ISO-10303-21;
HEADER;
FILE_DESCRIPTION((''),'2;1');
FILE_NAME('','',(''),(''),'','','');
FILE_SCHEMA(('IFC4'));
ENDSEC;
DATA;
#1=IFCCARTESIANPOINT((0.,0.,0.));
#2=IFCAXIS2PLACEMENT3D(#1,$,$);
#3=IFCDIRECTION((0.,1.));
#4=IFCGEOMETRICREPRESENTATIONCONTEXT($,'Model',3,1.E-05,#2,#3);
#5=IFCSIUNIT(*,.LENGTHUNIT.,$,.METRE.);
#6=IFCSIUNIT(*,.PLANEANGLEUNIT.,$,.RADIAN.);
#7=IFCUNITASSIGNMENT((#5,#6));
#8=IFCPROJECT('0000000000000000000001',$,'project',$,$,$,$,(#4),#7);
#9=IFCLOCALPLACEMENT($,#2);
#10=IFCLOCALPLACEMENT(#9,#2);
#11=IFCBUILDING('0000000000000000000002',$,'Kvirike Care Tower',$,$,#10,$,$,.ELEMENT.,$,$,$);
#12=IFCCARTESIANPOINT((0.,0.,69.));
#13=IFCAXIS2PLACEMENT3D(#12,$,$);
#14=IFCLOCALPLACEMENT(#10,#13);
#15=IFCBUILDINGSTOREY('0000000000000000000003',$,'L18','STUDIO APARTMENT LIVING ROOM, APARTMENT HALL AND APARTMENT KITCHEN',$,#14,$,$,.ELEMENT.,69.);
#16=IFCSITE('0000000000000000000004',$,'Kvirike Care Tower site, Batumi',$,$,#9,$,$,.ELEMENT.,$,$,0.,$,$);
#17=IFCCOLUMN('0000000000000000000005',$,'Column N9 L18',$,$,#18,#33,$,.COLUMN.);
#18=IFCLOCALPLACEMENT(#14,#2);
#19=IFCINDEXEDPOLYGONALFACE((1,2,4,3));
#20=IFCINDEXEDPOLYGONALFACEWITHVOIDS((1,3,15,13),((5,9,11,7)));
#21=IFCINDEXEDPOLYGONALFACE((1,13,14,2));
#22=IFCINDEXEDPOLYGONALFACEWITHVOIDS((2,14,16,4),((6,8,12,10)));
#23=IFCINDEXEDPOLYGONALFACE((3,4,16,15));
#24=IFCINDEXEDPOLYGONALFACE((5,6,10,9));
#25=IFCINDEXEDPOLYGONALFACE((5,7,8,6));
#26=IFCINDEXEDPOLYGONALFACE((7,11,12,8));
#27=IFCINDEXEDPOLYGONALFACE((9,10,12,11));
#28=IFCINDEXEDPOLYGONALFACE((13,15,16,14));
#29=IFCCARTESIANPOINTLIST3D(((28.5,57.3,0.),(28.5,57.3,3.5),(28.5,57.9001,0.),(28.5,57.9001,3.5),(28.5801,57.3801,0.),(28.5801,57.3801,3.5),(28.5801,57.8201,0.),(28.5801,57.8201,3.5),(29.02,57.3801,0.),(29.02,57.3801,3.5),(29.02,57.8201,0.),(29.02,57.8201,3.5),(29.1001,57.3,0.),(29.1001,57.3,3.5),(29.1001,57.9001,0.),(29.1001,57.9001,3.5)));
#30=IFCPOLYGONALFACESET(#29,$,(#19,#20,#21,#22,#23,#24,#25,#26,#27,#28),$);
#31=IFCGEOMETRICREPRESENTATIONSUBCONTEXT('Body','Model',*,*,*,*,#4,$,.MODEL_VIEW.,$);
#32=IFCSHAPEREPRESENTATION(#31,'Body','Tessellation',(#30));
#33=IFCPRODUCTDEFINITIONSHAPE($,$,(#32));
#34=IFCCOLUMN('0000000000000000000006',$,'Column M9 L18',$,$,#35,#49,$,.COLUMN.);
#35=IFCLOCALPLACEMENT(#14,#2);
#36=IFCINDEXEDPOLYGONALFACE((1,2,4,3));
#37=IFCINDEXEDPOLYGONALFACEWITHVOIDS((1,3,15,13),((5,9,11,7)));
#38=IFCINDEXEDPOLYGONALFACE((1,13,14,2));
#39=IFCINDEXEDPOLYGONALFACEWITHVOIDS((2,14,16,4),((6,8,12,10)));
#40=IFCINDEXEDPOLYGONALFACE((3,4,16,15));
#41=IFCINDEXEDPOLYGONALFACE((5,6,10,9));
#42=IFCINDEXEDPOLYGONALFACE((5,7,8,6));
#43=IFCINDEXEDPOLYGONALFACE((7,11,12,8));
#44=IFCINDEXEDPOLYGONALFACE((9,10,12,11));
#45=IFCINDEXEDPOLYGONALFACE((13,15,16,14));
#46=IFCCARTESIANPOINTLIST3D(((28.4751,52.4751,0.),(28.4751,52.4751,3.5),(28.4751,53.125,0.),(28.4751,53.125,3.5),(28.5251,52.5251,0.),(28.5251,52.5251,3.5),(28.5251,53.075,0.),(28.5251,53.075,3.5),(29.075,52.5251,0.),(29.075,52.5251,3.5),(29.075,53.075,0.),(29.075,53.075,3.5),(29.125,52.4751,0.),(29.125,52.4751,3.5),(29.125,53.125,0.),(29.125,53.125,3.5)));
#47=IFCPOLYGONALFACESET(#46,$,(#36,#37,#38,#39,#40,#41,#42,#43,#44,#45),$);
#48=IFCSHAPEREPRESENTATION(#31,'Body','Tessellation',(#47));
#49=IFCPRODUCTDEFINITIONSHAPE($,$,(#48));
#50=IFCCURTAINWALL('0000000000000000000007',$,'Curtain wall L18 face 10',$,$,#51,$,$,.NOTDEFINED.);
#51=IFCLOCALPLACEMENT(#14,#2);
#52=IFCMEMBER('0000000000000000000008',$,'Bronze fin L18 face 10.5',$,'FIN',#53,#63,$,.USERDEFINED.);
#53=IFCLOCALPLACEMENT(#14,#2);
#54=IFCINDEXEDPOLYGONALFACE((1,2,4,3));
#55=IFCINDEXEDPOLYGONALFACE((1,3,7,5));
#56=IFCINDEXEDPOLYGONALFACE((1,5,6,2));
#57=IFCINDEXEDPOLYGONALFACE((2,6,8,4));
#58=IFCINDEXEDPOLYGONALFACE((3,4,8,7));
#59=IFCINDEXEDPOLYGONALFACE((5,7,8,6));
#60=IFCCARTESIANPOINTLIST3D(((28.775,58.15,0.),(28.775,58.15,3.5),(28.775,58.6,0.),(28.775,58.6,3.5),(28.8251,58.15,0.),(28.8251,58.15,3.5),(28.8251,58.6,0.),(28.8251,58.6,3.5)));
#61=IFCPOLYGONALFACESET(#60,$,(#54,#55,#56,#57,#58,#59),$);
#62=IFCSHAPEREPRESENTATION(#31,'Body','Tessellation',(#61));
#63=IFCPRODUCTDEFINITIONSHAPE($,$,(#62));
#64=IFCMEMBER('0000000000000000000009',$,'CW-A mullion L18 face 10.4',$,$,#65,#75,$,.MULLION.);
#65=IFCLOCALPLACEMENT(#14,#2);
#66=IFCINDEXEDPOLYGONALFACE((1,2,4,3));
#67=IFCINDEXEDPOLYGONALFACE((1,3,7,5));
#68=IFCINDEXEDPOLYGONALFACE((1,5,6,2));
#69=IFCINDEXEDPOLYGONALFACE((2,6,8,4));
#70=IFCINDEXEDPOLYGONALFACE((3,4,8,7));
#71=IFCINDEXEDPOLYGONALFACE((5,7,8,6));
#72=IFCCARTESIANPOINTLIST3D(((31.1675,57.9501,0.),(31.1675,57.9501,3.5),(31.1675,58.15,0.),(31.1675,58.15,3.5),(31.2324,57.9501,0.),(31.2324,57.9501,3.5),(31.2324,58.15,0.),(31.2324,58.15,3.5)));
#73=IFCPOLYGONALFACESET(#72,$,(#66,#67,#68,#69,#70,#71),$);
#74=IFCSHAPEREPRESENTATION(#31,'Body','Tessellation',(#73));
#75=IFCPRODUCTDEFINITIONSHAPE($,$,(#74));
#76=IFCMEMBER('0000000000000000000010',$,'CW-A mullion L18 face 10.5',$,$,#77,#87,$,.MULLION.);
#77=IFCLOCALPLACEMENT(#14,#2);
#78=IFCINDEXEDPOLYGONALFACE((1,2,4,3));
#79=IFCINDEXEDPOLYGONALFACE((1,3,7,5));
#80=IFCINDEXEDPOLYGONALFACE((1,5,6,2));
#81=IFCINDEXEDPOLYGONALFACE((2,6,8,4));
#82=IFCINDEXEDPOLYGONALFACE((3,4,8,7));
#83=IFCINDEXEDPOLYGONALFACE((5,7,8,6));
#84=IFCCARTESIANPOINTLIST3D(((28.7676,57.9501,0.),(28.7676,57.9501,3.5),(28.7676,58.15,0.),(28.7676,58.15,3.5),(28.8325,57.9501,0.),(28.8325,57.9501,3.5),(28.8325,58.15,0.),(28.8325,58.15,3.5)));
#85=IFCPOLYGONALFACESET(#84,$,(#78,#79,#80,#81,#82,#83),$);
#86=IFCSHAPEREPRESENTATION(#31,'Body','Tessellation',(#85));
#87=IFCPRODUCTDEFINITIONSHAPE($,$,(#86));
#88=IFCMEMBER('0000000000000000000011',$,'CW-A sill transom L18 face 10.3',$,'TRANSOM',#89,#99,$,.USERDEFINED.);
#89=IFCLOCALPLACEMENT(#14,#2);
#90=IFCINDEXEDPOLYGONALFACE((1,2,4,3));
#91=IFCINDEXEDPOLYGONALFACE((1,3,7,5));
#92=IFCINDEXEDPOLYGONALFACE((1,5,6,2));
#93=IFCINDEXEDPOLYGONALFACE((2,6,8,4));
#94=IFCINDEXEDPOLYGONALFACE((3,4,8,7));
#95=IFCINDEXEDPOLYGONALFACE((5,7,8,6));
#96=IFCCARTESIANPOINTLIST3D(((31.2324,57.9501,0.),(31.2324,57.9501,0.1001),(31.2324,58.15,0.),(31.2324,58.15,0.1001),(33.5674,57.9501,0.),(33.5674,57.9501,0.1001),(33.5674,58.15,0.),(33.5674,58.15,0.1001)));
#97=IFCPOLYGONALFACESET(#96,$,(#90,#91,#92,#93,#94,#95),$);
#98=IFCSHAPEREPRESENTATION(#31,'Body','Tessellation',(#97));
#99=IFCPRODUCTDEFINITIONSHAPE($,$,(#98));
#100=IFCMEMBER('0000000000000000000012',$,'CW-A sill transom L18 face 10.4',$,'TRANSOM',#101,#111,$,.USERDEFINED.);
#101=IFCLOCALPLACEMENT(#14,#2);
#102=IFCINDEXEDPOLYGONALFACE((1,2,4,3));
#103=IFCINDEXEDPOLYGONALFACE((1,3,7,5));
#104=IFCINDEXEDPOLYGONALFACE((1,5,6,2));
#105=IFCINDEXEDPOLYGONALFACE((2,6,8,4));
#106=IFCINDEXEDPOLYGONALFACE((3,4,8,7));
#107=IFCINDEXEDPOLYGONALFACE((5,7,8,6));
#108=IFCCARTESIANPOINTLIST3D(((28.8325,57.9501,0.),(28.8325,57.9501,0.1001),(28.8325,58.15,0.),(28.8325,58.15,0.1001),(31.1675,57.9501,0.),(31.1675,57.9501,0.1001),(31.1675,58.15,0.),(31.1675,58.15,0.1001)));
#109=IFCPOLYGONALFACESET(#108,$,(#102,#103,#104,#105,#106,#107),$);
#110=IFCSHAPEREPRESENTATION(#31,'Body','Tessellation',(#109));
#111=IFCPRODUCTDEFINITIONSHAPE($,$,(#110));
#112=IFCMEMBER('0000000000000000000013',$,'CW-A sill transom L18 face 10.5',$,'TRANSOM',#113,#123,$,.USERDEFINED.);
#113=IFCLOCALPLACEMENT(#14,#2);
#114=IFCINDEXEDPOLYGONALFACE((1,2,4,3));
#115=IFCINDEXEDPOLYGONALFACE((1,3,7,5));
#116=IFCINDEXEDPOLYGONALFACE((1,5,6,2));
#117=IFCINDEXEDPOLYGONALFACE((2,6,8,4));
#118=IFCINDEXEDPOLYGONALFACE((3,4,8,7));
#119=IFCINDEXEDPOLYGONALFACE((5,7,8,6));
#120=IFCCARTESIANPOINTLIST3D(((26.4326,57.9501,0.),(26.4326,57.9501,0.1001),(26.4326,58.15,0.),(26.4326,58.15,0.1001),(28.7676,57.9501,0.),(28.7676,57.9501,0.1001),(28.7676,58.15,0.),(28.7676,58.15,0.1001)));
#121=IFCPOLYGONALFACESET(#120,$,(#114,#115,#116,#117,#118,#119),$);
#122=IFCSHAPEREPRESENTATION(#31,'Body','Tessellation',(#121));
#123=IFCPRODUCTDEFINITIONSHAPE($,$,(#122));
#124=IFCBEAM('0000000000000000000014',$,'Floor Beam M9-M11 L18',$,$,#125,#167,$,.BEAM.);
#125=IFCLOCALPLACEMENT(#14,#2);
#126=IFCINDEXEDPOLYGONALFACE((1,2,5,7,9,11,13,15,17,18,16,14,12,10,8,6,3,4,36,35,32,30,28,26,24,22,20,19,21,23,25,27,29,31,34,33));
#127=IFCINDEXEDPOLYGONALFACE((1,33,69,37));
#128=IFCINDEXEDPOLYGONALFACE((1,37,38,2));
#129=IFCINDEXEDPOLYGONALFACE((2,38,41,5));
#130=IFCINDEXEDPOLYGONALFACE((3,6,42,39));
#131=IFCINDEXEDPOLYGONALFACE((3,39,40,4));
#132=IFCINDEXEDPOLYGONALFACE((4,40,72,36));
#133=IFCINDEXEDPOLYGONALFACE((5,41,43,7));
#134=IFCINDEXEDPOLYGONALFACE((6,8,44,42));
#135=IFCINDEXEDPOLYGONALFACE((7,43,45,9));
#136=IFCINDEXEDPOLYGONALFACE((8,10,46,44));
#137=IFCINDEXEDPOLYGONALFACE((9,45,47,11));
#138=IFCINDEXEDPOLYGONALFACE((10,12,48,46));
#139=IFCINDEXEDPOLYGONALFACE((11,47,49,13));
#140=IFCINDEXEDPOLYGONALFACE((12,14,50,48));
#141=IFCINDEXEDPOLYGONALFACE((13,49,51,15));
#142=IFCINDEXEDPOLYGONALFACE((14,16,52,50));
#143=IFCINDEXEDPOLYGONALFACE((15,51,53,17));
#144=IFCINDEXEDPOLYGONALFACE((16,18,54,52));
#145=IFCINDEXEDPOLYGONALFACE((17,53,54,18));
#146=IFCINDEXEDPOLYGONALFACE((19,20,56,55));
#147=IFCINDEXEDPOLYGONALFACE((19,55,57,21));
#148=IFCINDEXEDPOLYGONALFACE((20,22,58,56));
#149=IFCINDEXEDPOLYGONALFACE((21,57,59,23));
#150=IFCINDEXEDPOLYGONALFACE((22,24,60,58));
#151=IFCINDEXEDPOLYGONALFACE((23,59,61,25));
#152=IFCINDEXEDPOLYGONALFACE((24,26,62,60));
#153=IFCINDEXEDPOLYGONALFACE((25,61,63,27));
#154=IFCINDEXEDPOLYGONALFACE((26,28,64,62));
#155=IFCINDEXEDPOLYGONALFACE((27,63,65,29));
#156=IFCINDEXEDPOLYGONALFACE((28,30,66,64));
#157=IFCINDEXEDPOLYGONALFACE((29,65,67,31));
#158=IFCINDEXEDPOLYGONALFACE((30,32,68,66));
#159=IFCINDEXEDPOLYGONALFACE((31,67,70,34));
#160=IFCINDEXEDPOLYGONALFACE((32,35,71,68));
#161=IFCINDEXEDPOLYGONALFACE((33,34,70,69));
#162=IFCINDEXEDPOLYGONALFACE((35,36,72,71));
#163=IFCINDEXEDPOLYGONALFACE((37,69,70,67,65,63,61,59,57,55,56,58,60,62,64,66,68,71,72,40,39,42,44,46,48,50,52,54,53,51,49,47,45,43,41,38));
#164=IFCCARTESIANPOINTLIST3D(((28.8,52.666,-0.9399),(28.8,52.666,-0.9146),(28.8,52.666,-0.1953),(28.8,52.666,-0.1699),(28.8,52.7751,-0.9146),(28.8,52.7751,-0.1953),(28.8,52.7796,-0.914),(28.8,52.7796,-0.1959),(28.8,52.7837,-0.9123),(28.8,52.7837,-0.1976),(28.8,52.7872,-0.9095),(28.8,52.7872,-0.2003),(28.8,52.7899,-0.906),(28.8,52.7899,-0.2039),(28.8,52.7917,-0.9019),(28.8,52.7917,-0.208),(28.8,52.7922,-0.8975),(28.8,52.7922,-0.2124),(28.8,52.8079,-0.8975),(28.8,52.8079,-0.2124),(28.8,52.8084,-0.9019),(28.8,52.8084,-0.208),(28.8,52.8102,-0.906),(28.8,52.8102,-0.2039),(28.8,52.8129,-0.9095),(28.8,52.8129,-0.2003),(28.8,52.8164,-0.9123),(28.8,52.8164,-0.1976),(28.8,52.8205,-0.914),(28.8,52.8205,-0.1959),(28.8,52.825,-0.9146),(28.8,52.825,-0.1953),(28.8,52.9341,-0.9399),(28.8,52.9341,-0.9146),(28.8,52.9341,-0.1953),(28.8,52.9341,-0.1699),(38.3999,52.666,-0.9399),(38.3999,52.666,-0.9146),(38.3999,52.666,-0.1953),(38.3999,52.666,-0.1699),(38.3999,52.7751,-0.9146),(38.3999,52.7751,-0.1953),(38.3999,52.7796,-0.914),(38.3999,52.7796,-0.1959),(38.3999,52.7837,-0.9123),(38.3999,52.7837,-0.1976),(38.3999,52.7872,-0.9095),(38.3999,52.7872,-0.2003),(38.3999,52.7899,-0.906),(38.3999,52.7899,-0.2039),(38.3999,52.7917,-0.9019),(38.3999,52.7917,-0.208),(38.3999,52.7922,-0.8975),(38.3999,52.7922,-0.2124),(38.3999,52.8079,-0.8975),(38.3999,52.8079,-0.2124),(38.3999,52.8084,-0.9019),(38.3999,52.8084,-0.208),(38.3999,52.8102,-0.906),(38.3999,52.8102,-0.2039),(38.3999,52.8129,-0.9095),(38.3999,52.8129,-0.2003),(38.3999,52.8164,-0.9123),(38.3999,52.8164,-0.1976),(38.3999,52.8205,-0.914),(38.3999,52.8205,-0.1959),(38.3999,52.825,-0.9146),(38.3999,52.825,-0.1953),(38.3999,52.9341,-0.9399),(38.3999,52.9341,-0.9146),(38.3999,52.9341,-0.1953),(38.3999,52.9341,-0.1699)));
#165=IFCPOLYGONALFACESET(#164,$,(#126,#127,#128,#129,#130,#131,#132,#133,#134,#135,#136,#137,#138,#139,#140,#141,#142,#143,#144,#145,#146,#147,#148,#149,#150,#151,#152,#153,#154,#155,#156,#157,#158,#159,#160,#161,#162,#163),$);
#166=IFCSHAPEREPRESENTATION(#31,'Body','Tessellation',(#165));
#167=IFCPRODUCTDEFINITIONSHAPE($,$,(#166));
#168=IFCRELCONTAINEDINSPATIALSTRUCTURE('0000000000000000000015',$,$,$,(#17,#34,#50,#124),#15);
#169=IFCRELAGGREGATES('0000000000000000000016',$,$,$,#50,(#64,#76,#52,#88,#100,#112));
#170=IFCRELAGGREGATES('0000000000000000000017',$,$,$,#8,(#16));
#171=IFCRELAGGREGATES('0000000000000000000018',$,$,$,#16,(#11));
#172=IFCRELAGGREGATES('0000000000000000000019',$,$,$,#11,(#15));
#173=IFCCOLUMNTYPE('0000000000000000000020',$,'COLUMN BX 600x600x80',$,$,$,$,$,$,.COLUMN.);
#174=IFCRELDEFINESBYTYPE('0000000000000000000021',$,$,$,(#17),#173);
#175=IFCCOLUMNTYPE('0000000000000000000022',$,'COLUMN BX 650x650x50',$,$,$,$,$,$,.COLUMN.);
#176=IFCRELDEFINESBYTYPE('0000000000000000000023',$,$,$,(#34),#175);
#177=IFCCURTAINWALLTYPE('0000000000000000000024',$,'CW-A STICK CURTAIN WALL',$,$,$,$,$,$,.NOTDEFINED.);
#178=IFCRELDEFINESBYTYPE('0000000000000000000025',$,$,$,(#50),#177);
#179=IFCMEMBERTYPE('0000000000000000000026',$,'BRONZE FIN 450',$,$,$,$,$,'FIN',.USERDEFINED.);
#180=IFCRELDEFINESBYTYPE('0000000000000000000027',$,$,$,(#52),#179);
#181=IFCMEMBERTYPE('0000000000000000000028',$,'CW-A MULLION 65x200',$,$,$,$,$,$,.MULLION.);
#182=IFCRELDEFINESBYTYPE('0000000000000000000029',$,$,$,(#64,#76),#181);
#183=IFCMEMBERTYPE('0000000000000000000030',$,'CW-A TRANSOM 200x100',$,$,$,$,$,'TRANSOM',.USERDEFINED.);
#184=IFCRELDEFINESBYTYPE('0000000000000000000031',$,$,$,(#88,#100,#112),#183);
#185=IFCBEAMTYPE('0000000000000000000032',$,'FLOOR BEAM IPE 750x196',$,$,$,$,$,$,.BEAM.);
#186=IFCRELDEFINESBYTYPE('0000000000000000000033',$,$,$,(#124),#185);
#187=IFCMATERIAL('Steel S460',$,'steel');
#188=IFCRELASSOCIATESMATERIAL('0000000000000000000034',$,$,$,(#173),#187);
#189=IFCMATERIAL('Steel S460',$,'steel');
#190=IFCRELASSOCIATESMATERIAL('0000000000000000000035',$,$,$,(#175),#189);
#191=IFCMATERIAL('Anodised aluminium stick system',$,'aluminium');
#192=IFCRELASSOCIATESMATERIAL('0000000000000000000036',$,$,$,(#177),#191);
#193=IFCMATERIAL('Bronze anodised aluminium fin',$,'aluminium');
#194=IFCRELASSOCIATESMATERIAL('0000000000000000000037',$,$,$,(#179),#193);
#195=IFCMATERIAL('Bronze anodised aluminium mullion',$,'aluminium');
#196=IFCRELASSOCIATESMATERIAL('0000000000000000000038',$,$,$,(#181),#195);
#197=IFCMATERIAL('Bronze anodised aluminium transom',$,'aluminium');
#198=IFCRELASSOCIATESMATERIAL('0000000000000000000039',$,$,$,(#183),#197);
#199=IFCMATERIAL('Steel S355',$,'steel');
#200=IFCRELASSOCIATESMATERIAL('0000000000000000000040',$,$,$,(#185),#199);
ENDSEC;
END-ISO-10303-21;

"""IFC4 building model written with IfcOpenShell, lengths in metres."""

from ifc_helpers import new_model, si_unit, direction, frame, origin, origin_2d, place, context, subcontext, project, spatial, rectangle, hollow_rectangle, i_section, extrude, material, material_profile, profile_set, type_object, element, aggregate, save


model = new_model("IFC4")

# Units and contexts
model_context = context("Model", 3, precision=1e-05, world=origin(), true_north=direction((0.0, 1.0)))
body_context = subcontext(model_context, "Body", "Model", "MODEL_VIEW")
ifc_project = project(units=[si_unit("LENGTHUNIT", "METRE"), si_unit("PLANEANGLEUNIT", "RADIAN")], contexts=[model_context])

# Site, building, storey
site_placement = place(None, origin())
site = spatial("IfcSite", under=ifc_project, at=site_placement, Name="Kvirike Care Tower site, Batumi", CompositionType="ELEMENT", RefElevation=0.0)
building_placement = place(site_placement, origin())
building = spatial("IfcBuilding", under=site, at=building_placement, Name="Kvirike Care Tower", CompositionType="ELEMENT")
storey_placement = place(building_placement, frame((0.0, 0.0, 69.0)))
storey = spatial("IfcBuildingStorey", under=building, at=storey_placement, Name="L18", Description="STUDIO APARTMENT LIVING ROOM, APARTMENT HALL AND APARTMENT KITCHEN", CompositionType="ELEMENT", Elevation=69.0)

# Columns
ifc_material_1 = material(Name="Steel S460", Category="steel")
ifc_material_profile_1 = material_profile(ifc_material_1, hollow_rectangle(XDim=0.6001, YDim=0.6001, WallThickness=0.0801, at=origin_2d()), Name="BX 600x600x80")
ifc_profile_set_1 = profile_set([ifc_material_profile_1], Name="Steel S460")
column_type_1 = type_object("IfcColumnType", Name="COLUMN BX 600x600x80", PredefinedType="COLUMN", material=ifc_profile_set_1)
column_1_placement = place(storey_placement, frame((28.8, 57.6001, 0.0), z_axis=(0.0, 0.0, 1.0), x_axis=(0.0, 1.0, 0.0)))
element("IfcColumn", 1, at=column_1_placement, inside=storey, type_object=column_type_1, Name="Column N9 L18", PredefinedType="COLUMN", context=body_context, shape_type="SweptSolid", body=[
    extrude(hollow_rectangle(XDim=0.6001, YDim=0.6001, WallThickness=0.0801, at=origin_2d()), origin(), (0.0, 0.0, 1.0), 3.5),
])
ifc_material_2 = material(Name="Steel S460", Category="steel")
ifc_material_profile_2 = material_profile(ifc_material_2, hollow_rectangle(XDim=0.6499, YDim=0.6499, WallThickness=0.05, at=origin_2d()), Name="BX 650x650x50")
ifc_profile_set_2 = profile_set([ifc_material_profile_2], Name="Steel S460")
column_type_2 = type_object("IfcColumnType", Name="COLUMN BX 650x650x50", PredefinedType="COLUMN", material=ifc_profile_set_2)
column_2_placement = place(storey_placement, frame((28.8, 52.8, 0.0), z_axis=(0.0, 0.0, 1.0), x_axis=(1.0, 0.0, 0.0)))
element("IfcColumn", 2, at=column_2_placement, inside=storey, type_object=column_type_2, Name="Column M9 L18", PredefinedType="COLUMN", context=body_context, shape_type="SweptSolid", body=[
    extrude(hollow_rectangle(XDim=0.6499, YDim=0.6499, WallThickness=0.05, at=origin_2d()), origin(), (0.0, 0.0, 1.0), 3.5),
])

# Curtain wall, members
ifc_material_3 = material(Name="Anodised aluminium stick system", Category="aluminium")
curtain_wall_type = type_object("IfcCurtainWallType", Name="CW-A STICK CURTAIN WALL", PredefinedType="NOTDEFINED", material=ifc_material_3)
curtain_wall_placement = place(storey_placement, origin())
curtain_wall = element("IfcCurtainWall", 3, at=curtain_wall_placement, inside=storey, type_object=curtain_wall_type, Name="Curtain wall L18 face 10", PredefinedType="NOTDEFINED")
ifc_material_4 = material(Name="Bronze anodised aluminium fin", Category="aluminium")
ifc_material_profile_3 = material_profile(ifc_material_4, rectangle(XDim=0.05, YDim=0.45, at=origin_2d()), Name="BRONZE FIN 450")
ifc_profile_set_3 = profile_set([ifc_material_profile_3], Name="Bronze anodised aluminium fin")
member_type_1 = type_object("IfcMemberType", Name="BRONZE FIN 450", ElementType="FIN", PredefinedType="USERDEFINED", material=ifc_profile_set_3)
member_1_placement = place(storey_placement, frame((28.8, 58.375, 0.0), z_axis=(0.0, 0.0, 1.0), x_axis=(-1.0, 0.0, 0.0)))
member_1 = element("IfcMember", 4, at=member_1_placement, type_object=member_type_1, Name="Bronze fin L18 face 10.5", ObjectType="FIN", PredefinedType="USERDEFINED", context=body_context, shape_type="SweptSolid", body=[
    extrude(rectangle(XDim=0.05, YDim=0.45, at=origin_2d()), origin(), (0.0, 0.0, 1.0), 3.5),
])
ifc_material_5 = material(Name="Bronze anodised aluminium mullion", Category="aluminium")
ifc_material_profile_4 = material_profile(ifc_material_5, rectangle(XDim=0.0649, YDim=0.2, at=origin_2d()), Name="CW-A MULLION 65x200")
ifc_profile_set_4 = profile_set([ifc_material_profile_4], Name="Bronze anodised aluminium mullion")
member_type_2 = type_object("IfcMemberType", Name="CW-A MULLION 65x200", PredefinedType="MULLION", material=ifc_profile_set_4)
member_2_placement = place(storey_placement, frame((31.2, 58.05, 0.0), z_axis=(0.0, 0.0, 1.0), x_axis=(-1.0, 0.0, 0.0)))
member_2 = element("IfcMember", 5, at=member_2_placement, type_object=member_type_2, Name="CW-A mullion L18 face 10.4", PredefinedType="MULLION", context=body_context, shape_type="SweptSolid", body=[
    extrude(rectangle(XDim=0.0649, YDim=0.2, at=origin_2d()), origin(), (0.0, 0.0, 1.0), 3.5),
])
member_3_placement = place(storey_placement, frame((28.8, 58.05, 0.0), z_axis=(0.0, 0.0, 1.0), x_axis=(-1.0, 0.0, 0.0)))
member_3 = element("IfcMember", 6, at=member_3_placement, type_object=member_type_2, Name="CW-A mullion L18 face 10.5", PredefinedType="MULLION", context=body_context, shape_type="SweptSolid", body=[
    extrude(rectangle(XDim=0.0649, YDim=0.2, at=origin_2d()), origin(), (0.0, 0.0, 1.0), 3.5),
])
ifc_material_6 = material(Name="Bronze anodised aluminium transom", Category="aluminium")
ifc_material_profile_5 = material_profile(ifc_material_6, rectangle(XDim=0.2, YDim=0.1001, at=origin_2d()), Name="CW-A TRANSOM 200x100")
ifc_profile_set_5 = profile_set([ifc_material_profile_5], Name="Bronze anodised aluminium transom")
member_type_3 = type_object("IfcMemberType", Name="CW-A TRANSOM 200x100", ElementType="TRANSOM", PredefinedType="USERDEFINED", material=ifc_profile_set_5)
member_4_placement = place(storey_placement, frame((33.5674, 58.05, 0.05), z_axis=(-1.0, 0.0, 0.0), x_axis=(0.0, -1.0, 0.0)))
member_4 = element("IfcMember", 7, at=member_4_placement, type_object=member_type_3, Name="CW-A sill transom L18 face 10.3", ObjectType="TRANSOM", PredefinedType="USERDEFINED", context=body_context, shape_type="SweptSolid", body=[
    extrude(rectangle(XDim=0.2, YDim=0.1001, at=origin_2d()), origin(), (0.0, 0.0, 1.0), 2.335),
])
member_5_placement = place(storey_placement, frame((31.1675, 58.05, 0.05), z_axis=(-1.0, 0.0, 0.0), x_axis=(0.0, -1.0, 0.0)))
member_5 = element("IfcMember", 8, at=member_5_placement, type_object=member_type_3, Name="CW-A sill transom L18 face 10.4", ObjectType="TRANSOM", PredefinedType="USERDEFINED", context=body_context, shape_type="SweptSolid", body=[
    extrude(rectangle(XDim=0.2, YDim=0.1001, at=origin_2d()), origin(), (0.0, 0.0, 1.0), 2.335),
])
member_6_placement = place(storey_placement, frame((28.7676, 58.05, 0.05), z_axis=(-1.0, 0.0, 0.0), x_axis=(0.0, -1.0, 0.0)))
member_6 = element("IfcMember", 9, at=member_6_placement, type_object=member_type_3, Name="CW-A sill transom L18 face 10.5", ObjectType="TRANSOM", PredefinedType="USERDEFINED", context=body_context, shape_type="SweptSolid", body=[
    extrude(rectangle(XDim=0.2, YDim=0.1001, at=origin_2d()), origin(), (0.0, 0.0, 1.0), 2.335),
])

# Beam
ifc_material_7 = material(Name="Steel S355", Category="steel")
ifc_material_profile_6 = material_profile(ifc_material_7, i_section(OverallWidth=0.2681, OverallDepth=0.77, WebThickness=0.0156, FlangeThickness=0.0254, FilletRadius=0.0171, at=origin_2d()), Name="IPE 750x196")
ifc_profile_set_6 = profile_set([ifc_material_profile_6], Name="Steel S355")
beam_type_1 = type_object("IfcBeamType", Name="FLOOR BEAM IPE 750x196", PredefinedType="BEAM", material=ifc_profile_set_6)
beam_1_placement = place(storey_placement, frame((28.8, 52.8, -0.5549), z_axis=(1.0, 0.0, 0.0), x_axis=(0.0, 1.0, 0.0)))
element("IfcBeam", 10, at=beam_1_placement, inside=storey, type_object=beam_type_1, Name="Floor Beam M9-M11 L18", PredefinedType="BEAM", context=body_context, shape_type="SweptSolid", body=[
    extrude(i_section(OverallWidth=0.2681, OverallDepth=0.77, WebThickness=0.0156, FlangeThickness=0.0254, FilletRadius=0.0171, at=origin_2d()), origin(), (0.0, 0.0, 1.0), 9.5999),
])

aggregate(curtain_wall, [member_2, member_3, member_1, member_4, member_5, member_6])

save(model, "model.ifc")
